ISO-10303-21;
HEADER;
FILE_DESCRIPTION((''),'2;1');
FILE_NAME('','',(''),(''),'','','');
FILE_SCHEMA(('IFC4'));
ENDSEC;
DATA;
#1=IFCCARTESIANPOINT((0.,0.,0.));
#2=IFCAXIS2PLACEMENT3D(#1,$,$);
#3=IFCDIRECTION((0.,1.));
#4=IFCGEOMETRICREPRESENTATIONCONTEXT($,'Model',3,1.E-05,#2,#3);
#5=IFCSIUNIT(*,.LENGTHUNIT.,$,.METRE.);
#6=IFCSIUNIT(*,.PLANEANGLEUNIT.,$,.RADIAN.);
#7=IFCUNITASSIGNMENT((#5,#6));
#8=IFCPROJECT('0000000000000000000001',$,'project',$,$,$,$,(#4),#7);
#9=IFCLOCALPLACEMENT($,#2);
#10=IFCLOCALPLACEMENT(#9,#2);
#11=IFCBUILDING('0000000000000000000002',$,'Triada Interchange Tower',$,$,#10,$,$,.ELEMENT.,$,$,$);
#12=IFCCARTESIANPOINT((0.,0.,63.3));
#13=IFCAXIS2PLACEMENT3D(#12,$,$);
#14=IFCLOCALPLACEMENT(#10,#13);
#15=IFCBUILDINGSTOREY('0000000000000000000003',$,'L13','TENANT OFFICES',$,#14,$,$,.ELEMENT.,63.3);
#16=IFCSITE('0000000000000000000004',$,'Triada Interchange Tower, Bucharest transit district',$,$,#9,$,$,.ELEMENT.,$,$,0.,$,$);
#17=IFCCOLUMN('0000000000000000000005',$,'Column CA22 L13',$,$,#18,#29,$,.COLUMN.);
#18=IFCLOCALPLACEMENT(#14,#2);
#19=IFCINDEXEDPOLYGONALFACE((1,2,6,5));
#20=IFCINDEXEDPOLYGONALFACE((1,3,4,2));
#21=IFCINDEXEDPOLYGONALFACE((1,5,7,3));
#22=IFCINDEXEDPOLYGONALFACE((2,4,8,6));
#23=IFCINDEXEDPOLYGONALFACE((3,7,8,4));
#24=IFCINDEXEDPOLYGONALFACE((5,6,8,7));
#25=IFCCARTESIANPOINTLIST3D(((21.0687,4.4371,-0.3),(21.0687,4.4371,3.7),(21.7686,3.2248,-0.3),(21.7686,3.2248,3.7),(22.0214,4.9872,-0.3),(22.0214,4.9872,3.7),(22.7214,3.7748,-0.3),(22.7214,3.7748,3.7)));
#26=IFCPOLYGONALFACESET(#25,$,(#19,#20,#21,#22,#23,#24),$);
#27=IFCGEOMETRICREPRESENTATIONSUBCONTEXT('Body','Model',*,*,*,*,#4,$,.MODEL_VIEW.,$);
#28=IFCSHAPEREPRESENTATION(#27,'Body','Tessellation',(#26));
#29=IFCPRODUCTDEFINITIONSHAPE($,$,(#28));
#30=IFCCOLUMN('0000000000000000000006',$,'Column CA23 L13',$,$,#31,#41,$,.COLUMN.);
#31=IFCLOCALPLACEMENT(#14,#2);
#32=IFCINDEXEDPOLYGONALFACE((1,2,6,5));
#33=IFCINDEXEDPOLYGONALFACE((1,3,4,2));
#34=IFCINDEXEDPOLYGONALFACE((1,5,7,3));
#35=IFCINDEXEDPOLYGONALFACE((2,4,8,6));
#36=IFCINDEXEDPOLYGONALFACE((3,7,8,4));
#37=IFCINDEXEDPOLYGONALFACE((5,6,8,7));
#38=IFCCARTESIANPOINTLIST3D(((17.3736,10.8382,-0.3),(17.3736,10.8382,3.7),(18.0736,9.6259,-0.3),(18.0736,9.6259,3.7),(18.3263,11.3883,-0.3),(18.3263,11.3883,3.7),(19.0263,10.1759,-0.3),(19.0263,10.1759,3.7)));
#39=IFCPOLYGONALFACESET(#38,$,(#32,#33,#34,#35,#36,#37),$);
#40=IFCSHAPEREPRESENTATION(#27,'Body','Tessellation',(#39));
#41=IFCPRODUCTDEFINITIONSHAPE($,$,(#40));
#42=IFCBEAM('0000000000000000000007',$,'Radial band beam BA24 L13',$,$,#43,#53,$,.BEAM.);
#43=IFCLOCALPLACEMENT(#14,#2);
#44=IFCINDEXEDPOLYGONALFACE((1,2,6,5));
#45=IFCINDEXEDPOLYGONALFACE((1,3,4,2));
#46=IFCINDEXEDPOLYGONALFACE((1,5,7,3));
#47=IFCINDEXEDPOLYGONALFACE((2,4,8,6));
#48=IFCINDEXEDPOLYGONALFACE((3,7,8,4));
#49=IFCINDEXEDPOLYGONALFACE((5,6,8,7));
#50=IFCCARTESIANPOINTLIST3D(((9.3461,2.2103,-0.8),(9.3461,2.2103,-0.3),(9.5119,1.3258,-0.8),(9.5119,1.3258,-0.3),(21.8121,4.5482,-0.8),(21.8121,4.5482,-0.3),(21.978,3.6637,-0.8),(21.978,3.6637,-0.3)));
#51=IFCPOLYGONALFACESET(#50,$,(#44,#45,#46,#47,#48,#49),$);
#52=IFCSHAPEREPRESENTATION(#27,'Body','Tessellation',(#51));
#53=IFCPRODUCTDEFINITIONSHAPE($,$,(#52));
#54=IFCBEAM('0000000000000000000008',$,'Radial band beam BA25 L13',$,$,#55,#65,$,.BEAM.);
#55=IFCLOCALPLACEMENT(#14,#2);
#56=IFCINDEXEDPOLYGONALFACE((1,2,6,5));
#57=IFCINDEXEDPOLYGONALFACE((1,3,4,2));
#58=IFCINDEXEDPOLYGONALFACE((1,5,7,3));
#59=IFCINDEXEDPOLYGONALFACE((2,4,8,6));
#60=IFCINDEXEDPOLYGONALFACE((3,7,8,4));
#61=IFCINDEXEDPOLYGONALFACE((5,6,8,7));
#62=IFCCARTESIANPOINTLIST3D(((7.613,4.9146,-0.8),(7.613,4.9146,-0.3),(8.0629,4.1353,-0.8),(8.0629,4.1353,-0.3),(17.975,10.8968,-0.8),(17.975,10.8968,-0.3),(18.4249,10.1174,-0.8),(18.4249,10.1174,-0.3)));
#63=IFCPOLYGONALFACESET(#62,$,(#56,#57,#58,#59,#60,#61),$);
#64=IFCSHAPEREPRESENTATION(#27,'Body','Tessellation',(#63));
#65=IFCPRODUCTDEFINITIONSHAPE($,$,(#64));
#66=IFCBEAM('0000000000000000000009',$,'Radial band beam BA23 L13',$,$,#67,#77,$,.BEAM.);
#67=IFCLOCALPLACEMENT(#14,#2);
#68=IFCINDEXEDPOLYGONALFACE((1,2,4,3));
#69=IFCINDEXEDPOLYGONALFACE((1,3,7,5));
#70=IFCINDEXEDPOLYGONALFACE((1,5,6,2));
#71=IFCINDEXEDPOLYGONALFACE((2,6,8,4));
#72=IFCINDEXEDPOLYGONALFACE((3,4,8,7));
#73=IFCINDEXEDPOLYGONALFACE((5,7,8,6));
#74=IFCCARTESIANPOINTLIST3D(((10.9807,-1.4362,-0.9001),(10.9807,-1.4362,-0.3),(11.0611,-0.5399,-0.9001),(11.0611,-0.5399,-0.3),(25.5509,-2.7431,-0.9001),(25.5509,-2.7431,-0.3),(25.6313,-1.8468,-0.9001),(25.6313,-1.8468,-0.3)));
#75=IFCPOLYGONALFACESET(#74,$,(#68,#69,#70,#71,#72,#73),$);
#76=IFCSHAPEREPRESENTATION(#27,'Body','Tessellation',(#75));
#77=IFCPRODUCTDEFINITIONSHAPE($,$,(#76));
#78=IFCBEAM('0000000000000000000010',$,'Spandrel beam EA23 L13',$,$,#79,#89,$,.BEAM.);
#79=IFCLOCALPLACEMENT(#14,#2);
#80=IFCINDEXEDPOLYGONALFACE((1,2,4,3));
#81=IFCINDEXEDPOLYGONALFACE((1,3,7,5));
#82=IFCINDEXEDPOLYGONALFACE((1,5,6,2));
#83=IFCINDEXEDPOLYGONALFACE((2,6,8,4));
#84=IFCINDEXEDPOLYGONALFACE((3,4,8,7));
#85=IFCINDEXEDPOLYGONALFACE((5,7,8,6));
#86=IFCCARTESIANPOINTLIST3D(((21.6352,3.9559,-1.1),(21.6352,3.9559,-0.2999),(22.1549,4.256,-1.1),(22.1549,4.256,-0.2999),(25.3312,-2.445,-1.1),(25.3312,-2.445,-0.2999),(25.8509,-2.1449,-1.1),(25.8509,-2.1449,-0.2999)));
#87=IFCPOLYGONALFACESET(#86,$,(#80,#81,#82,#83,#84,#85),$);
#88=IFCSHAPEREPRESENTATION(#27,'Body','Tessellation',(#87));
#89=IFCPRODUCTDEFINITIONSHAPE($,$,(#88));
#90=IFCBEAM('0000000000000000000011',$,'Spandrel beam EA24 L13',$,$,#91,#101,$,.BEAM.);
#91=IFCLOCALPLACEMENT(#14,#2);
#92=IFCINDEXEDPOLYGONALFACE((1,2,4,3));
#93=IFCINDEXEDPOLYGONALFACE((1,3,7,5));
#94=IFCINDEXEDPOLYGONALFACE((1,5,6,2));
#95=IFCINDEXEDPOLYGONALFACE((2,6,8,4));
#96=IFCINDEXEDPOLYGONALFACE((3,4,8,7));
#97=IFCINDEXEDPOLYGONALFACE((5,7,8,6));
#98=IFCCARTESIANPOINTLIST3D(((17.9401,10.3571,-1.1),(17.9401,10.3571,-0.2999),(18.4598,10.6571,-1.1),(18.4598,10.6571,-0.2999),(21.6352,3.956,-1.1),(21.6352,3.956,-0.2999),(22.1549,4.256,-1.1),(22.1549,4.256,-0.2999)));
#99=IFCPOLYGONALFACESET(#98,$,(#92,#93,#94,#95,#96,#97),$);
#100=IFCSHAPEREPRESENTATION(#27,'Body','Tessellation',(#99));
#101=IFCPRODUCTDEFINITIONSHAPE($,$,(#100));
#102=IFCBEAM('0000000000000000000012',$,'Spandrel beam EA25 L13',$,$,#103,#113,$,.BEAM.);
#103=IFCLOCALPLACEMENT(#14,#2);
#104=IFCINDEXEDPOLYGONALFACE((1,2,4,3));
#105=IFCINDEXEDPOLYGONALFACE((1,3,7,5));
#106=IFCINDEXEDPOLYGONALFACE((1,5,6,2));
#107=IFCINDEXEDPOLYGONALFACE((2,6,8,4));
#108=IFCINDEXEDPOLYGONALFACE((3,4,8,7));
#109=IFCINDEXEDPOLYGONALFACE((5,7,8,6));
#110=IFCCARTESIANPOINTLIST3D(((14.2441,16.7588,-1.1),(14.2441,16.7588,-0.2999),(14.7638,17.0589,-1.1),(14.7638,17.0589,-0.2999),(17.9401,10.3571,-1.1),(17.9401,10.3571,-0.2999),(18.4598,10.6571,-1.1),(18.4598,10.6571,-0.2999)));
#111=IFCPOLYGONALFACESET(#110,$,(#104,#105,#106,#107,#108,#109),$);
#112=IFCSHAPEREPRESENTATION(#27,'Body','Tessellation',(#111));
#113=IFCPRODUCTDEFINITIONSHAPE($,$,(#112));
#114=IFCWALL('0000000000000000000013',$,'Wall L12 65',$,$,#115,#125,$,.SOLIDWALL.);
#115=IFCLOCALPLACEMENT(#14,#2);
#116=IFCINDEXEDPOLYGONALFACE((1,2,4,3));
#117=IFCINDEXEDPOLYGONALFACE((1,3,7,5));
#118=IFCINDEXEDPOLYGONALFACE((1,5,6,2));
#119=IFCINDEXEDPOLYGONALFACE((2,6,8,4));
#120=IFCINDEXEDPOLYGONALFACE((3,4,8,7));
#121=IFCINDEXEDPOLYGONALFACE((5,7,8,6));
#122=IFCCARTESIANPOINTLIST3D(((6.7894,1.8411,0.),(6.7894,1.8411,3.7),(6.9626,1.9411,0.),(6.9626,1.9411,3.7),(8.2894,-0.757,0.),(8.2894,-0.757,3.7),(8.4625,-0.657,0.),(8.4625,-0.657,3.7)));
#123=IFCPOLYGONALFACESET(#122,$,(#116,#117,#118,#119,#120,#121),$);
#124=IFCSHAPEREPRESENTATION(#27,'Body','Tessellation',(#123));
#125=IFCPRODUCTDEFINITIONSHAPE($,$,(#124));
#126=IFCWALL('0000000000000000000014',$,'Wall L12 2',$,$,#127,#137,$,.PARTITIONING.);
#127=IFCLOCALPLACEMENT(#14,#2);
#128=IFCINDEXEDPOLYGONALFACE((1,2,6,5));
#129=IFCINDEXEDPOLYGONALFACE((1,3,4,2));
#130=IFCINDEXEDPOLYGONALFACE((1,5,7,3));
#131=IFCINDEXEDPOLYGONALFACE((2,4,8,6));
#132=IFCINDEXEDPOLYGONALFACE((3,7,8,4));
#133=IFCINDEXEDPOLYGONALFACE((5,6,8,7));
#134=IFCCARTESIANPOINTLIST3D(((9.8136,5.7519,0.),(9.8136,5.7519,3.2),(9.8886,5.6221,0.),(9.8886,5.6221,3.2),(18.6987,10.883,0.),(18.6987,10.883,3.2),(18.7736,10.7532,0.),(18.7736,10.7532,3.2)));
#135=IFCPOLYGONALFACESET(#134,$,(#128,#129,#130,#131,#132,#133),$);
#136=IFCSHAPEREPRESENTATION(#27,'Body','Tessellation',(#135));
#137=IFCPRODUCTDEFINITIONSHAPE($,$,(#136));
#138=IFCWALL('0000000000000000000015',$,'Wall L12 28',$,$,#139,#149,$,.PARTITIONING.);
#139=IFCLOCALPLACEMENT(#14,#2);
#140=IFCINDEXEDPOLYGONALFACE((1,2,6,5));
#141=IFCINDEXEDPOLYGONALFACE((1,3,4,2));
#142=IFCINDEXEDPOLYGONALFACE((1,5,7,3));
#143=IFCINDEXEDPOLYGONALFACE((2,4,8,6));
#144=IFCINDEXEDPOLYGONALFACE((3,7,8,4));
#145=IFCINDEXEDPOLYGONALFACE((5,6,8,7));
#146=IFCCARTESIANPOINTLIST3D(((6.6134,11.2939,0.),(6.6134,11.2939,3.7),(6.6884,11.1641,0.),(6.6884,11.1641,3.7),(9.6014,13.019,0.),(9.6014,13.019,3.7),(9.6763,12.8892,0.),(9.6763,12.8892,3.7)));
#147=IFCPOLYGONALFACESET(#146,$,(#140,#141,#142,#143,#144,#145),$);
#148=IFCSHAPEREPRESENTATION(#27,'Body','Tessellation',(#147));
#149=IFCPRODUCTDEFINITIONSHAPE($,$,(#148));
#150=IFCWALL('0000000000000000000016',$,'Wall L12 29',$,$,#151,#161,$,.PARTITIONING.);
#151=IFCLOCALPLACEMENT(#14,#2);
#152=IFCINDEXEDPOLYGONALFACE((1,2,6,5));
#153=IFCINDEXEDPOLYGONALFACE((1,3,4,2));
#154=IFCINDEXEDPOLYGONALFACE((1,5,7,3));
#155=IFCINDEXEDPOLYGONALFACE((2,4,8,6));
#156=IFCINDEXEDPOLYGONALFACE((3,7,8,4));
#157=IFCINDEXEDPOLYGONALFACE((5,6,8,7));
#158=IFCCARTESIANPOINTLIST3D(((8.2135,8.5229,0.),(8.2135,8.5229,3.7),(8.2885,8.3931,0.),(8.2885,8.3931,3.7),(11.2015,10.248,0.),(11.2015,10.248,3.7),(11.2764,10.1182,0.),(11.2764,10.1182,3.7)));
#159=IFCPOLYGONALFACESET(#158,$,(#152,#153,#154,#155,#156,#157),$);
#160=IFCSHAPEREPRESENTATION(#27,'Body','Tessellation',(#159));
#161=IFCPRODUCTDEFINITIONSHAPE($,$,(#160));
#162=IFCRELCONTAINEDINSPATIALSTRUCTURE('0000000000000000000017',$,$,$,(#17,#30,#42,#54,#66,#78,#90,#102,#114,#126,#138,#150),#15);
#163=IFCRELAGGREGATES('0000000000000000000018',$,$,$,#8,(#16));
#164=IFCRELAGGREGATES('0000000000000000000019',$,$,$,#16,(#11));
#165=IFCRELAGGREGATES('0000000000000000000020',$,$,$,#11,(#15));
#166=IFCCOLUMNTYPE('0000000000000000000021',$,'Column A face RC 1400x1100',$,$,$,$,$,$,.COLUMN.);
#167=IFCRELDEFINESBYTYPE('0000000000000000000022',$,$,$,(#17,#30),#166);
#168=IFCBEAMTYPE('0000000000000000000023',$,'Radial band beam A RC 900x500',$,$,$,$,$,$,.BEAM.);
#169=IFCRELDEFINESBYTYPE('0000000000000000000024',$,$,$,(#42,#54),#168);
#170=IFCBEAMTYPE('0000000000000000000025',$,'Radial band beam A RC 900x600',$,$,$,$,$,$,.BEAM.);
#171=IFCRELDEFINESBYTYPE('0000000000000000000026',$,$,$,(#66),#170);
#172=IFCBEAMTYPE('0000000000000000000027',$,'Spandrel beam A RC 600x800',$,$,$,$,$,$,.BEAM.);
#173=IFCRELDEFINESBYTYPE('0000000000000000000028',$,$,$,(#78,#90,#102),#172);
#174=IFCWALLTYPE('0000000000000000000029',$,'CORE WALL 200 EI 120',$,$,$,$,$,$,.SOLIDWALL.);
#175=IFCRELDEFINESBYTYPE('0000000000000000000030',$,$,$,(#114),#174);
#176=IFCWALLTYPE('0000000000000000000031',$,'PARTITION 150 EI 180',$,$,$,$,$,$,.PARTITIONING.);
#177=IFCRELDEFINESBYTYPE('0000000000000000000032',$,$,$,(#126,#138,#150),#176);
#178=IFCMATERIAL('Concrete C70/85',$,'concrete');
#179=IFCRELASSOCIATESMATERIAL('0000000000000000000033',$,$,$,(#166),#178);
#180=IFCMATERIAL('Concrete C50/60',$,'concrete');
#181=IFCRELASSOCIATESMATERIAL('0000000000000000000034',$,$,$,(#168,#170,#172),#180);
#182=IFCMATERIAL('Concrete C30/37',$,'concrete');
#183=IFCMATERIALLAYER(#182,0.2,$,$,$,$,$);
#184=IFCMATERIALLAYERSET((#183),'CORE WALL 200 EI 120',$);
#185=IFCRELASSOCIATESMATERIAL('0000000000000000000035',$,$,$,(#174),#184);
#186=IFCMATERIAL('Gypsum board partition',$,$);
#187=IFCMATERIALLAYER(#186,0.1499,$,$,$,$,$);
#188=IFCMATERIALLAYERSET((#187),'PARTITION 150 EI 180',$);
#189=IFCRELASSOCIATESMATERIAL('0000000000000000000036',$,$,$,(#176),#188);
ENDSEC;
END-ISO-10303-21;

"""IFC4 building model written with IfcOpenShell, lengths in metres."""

from ifc_helpers import new_model, si_unit, direction, frame, frame_2d, origin, origin_2d, place, context, subcontext, project, spatial, rectangle, extrude, material, layer, layer_set, material_profile, profile_set, type_object, element, save


model = new_model("IFC4")

# Units and contexts
model_context = context("Model", 3, precision=1e-05, world=origin(), true_north=direction((0.0, 1.0)))
body_context = subcontext(model_context, "Body", "Model", "MODEL_VIEW")
ifc_project = project(units=[si_unit("LENGTHUNIT", "METRE"), si_unit("PLANEANGLEUNIT", "RADIAN")], contexts=[model_context])

# Site, building, storey
site_placement = place(None, origin())
site = spatial("IfcSite", under=ifc_project, at=site_placement, Name="Triada Interchange Tower, Bucharest transit district", CompositionType="ELEMENT", RefElevation=0.0)
building_placement = place(site_placement, origin())
building = spatial("IfcBuilding", under=site, at=building_placement, Name="Triada Interchange Tower", CompositionType="ELEMENT")
storey_placement = place(building_placement, frame((0.0, 0.0, 63.3)))
storey = spatial("IfcBuildingStorey", under=building, at=storey_placement, Name="L13", Description="TENANT OFFICES", CompositionType="ELEMENT", Elevation=63.3)

# Columns
ifc_material_1 = material(Name="Concrete C70/85", Category="concrete")
ifc_material_profile_1 = material_profile(ifc_material_1, rectangle(XDim=1.3999, YDim=1.1001, at=origin_2d()), Name="RC 1400x1100")
ifc_profile_set_1 = profile_set([ifc_material_profile_1], Name="Concrete C70/85")
column_type = type_object("IfcColumnType", Name="Column A face RC 1400x1100", PredefinedType="COLUMN", material=ifc_profile_set_1)
for number, where, z_axis, x_axis, name in (
    (1, (21.895, 4.106, -0.3), (0.0, 0.0, 1.0), (-0.5, 0.866025, 0.0), "Column CA22 L13"),
    (2, (18.2, 10.5071, -0.3), (0.0, 0.0, 1.0), (-0.5, 0.866025, 0.0), "Column CA23 L13"),
):
    element("IfcColumn", number, at=place(storey_placement, frame(where, z_axis=z_axis, x_axis=x_axis)), inside=storey, type_object=column_type, Name=name, PredefinedType="COLUMN", context=body_context, shape_type="SweptSolid", body=[
        extrude(rectangle(XDim=1.3999, YDim=1.1001, at=origin_2d()), origin(), (0.0, 0.0, 1.0), 4.0),
    ])

# Beams
ifc_material_2 = material(Name="Concrete C50/60", Category="concrete")
ifc_material_profile_2 = material_profile(ifc_material_2, rectangle(XDim=0.8999, YDim=0.5, at=origin_2d()), Name="RC 900x500")
ifc_profile_set_2 = profile_set([ifc_material_profile_2], Name="Concrete C50/60")
beam_type_1 = type_object("IfcBeamType", Name="Radial band beam A RC 900x500", PredefinedType="BEAM", material=ifc_profile_set_2)
beam_1_placement = place(storey_placement, frame((21.895, 4.106, -0.55), z_axis=(-0.982865, -0.184327, 0.0), x_axis=(0.184327, -0.982865, 0.0)))
element("IfcBeam", 3, at=beam_1_placement, inside=storey, type_object=beam_type_1, Name="Radial band beam BA24 L13", PredefinedType="BEAM", context=body_context, shape_type="SweptSolid", body=[
    extrude(rectangle(XDim=0.8999, YDim=0.5, at=origin_2d()), origin(), (0.0, 0.0, 1.0), 12.6833),
])
beam_2_placement = place(storey_placement, frame((18.2, 10.5071, -0.55), z_axis=(-0.866038, -0.499977, 0.0), x_axis=(0.499977, -0.866038, 0.0)))
element("IfcBeam", 4, at=beam_2_placement, inside=storey, type_object=beam_type_1, Name="Radial band beam BA25 L13", PredefinedType="BEAM", context=body_context, shape_type="SweptSolid", body=[
    extrude(rectangle(XDim=0.8999, YDim=0.5, at=origin_2d()), origin(), (0.0, 0.0, 1.0), 11.9648),
])
ifc_material_profile_3 = material_profile(ifc_material_2, rectangle(XDim=0.8999, YDim=0.6001, at=origin_2d()), Name="RC 900x600")
ifc_profile_set_3 = profile_set([ifc_material_profile_3], Name="Concrete C50/60")
beam_type_2 = type_object("IfcBeamType", Name="Radial band beam A RC 900x600", PredefinedType="BEAM", material=ifc_profile_set_3)
beam_3_placement = place(storey_placement, frame((25.5911, -2.2949, -0.6001), z_axis=(-0.996001, 0.089338, 0.0), x_axis=(-0.089338, -0.996001, 0.0)))
element("IfcBeam", 5, at=beam_3_placement, inside=storey, type_object=beam_type_2, Name="Radial band beam BA23 L13", PredefinedType="BEAM", context=body_context, shape_type="SweptSolid", body=[
    extrude(rectangle(XDim=0.8999, YDim=0.6001, at=origin_2d()), origin(), (0.0, 0.0, 1.0), 14.6287),
])
ifc_material_profile_4 = material_profile(ifc_material_2, rectangle(XDim=0.6001, YDim=0.8, at=origin_2d()), Name="RC 600x800")
ifc_profile_set_4 = profile_set([ifc_material_profile_4], Name="Concrete C50/60")
beam_type_3 = type_object("IfcBeamType", Name="Spandrel beam A RC 600x800", PredefinedType="BEAM", material=ifc_profile_set_4)
beam_4_placement = place(storey_placement, frame((25.5911, -2.2949, -0.7), z_axis=(-0.50005, 0.865996, 0.0), x_axis=(-0.865996, -0.50005, 0.0)))
element("IfcBeam", 6, at=beam_4_placement, inside=storey, type_object=beam_type_3, Name="Spandrel beam EA23 L13", PredefinedType="BEAM", context=body_context, shape_type="SweptSolid", body=[
    extrude(rectangle(XDim=0.6001, YDim=0.8, at=origin_2d()), origin(), (0.0, 0.0, 1.0), 7.3914),
])
beam_5_placement = place(storey_placement, frame((21.895, 4.106, -0.7), z_axis=(-0.499937, 0.866062, 0.0), x_axis=(-0.866062, -0.499937, 0.0)))
element("IfcBeam", 7, at=beam_5_placement, inside=storey, type_object=beam_type_3, Name="Spandrel beam EA24 L13", PredefinedType="BEAM", context=body_context, shape_type="SweptSolid", body=[
    extrude(rectangle(XDim=0.6001, YDim=0.8, at=origin_2d()), origin(), (0.0, 0.0, 1.0), 7.3911),
])
beam_6_placement = place(storey_placement, frame((18.2, 10.5071, -0.7), z_axis=(-0.499993, 0.866029, 0.0), x_axis=(-0.866029, -0.499993, 0.0)))
element("IfcBeam", 8, at=beam_6_placement, inside=storey, type_object=beam_type_3, Name="Spandrel beam EA25 L13", PredefinedType="BEAM", context=body_context, shape_type="SweptSolid", body=[
    extrude(rectangle(XDim=0.6001, YDim=0.8, at=origin_2d()), origin(), (0.0, 0.0, 1.0), 7.3921),
])

# Walls
ifc_material_3 = material(Name="Concrete C30/37", Category="concrete")
ifc_layer_1 = layer(ifc_material_3, 0.2)
ifc_layer_set_1 = layer_set([ifc_layer_1], Name="CORE WALL 200 EI 120")
wall_type_1 = type_object("IfcWallType", Name="CORE WALL 200 EI 120", PredefinedType="SOLIDWALL", material=ifc_layer_set_1)
wall_1_placement = place(storey_placement, frame((6.876, 1.8911, 0.0), z_axis=(0.0, 0.0, 1.0), x_axis=(0.49999, -0.866031, 0.0)))
element("IfcWall", 9, at=wall_1_placement, inside=storey, type_object=wall_type_1, Name="Wall L12 65", PredefinedType="SOLIDWALL", context=body_context, shape_type="SweptSolid", body=[
    extrude(rectangle(XDim=3.0, YDim=0.2, at=frame_2d((1.5, 0.0))), origin(), (0.0, 0.0, 1.0), 3.7),
])
ifc_material_4 = material(Name="Gypsum board partition")
ifc_layer_2 = layer(ifc_material_4, 0.1499)
ifc_layer_set_2 = layer_set([ifc_layer_2], Name="PARTITION 150 EI 180")
wall_type_2 = type_object("IfcWallType", Name="PARTITION 150 EI 180", PredefinedType="PARTITIONING", material=ifc_layer_set_2)
wall_2_placement = place(storey_placement, frame((9.8511, 5.687, 0.0), z_axis=(0.0, 0.0, 1.0), x_axis=(0.865969, 0.500098, 0.0)))
element("IfcWall", 10, at=wall_2_placement, inside=storey, type_object=wall_type_2, Name="Wall L12 2", PredefinedType="PARTITIONING", context=body_context, shape_type="SweptSolid", body=[
    extrude(rectangle(XDim=10.2603, YDim=0.1499, at=frame_2d((5.1301, 0.0))), origin(), (0.0, 0.0, 1.0), 3.2),
])
for number, where, z_axis, x_axis, name in (
    (11, (6.6509, 11.229, 0.0), (0.0, 0.0, 1.0), (0.866031, 0.49999, 0.0), "Wall L12 28"),
    (12, (8.251, 8.458, 0.0), (0.0, 0.0, 1.0), (0.866031, 0.49999, 0.0), "Wall L12 29"),
):
    element("IfcWall", number, at=place(storey_placement, frame(where, z_axis=z_axis, x_axis=x_axis)), inside=storey, type_object=wall_type_2, Name=name, PredefinedType="PARTITIONING", context=body_context, shape_type="SweptSolid", body=[
        extrude(rectangle(XDim=3.4502, YDim=0.1499, at=frame_2d((1.7251, 0.0))), origin(), (0.0, 0.0, 1.0), 3.7),
    ])

save(model, "model.ifc")
